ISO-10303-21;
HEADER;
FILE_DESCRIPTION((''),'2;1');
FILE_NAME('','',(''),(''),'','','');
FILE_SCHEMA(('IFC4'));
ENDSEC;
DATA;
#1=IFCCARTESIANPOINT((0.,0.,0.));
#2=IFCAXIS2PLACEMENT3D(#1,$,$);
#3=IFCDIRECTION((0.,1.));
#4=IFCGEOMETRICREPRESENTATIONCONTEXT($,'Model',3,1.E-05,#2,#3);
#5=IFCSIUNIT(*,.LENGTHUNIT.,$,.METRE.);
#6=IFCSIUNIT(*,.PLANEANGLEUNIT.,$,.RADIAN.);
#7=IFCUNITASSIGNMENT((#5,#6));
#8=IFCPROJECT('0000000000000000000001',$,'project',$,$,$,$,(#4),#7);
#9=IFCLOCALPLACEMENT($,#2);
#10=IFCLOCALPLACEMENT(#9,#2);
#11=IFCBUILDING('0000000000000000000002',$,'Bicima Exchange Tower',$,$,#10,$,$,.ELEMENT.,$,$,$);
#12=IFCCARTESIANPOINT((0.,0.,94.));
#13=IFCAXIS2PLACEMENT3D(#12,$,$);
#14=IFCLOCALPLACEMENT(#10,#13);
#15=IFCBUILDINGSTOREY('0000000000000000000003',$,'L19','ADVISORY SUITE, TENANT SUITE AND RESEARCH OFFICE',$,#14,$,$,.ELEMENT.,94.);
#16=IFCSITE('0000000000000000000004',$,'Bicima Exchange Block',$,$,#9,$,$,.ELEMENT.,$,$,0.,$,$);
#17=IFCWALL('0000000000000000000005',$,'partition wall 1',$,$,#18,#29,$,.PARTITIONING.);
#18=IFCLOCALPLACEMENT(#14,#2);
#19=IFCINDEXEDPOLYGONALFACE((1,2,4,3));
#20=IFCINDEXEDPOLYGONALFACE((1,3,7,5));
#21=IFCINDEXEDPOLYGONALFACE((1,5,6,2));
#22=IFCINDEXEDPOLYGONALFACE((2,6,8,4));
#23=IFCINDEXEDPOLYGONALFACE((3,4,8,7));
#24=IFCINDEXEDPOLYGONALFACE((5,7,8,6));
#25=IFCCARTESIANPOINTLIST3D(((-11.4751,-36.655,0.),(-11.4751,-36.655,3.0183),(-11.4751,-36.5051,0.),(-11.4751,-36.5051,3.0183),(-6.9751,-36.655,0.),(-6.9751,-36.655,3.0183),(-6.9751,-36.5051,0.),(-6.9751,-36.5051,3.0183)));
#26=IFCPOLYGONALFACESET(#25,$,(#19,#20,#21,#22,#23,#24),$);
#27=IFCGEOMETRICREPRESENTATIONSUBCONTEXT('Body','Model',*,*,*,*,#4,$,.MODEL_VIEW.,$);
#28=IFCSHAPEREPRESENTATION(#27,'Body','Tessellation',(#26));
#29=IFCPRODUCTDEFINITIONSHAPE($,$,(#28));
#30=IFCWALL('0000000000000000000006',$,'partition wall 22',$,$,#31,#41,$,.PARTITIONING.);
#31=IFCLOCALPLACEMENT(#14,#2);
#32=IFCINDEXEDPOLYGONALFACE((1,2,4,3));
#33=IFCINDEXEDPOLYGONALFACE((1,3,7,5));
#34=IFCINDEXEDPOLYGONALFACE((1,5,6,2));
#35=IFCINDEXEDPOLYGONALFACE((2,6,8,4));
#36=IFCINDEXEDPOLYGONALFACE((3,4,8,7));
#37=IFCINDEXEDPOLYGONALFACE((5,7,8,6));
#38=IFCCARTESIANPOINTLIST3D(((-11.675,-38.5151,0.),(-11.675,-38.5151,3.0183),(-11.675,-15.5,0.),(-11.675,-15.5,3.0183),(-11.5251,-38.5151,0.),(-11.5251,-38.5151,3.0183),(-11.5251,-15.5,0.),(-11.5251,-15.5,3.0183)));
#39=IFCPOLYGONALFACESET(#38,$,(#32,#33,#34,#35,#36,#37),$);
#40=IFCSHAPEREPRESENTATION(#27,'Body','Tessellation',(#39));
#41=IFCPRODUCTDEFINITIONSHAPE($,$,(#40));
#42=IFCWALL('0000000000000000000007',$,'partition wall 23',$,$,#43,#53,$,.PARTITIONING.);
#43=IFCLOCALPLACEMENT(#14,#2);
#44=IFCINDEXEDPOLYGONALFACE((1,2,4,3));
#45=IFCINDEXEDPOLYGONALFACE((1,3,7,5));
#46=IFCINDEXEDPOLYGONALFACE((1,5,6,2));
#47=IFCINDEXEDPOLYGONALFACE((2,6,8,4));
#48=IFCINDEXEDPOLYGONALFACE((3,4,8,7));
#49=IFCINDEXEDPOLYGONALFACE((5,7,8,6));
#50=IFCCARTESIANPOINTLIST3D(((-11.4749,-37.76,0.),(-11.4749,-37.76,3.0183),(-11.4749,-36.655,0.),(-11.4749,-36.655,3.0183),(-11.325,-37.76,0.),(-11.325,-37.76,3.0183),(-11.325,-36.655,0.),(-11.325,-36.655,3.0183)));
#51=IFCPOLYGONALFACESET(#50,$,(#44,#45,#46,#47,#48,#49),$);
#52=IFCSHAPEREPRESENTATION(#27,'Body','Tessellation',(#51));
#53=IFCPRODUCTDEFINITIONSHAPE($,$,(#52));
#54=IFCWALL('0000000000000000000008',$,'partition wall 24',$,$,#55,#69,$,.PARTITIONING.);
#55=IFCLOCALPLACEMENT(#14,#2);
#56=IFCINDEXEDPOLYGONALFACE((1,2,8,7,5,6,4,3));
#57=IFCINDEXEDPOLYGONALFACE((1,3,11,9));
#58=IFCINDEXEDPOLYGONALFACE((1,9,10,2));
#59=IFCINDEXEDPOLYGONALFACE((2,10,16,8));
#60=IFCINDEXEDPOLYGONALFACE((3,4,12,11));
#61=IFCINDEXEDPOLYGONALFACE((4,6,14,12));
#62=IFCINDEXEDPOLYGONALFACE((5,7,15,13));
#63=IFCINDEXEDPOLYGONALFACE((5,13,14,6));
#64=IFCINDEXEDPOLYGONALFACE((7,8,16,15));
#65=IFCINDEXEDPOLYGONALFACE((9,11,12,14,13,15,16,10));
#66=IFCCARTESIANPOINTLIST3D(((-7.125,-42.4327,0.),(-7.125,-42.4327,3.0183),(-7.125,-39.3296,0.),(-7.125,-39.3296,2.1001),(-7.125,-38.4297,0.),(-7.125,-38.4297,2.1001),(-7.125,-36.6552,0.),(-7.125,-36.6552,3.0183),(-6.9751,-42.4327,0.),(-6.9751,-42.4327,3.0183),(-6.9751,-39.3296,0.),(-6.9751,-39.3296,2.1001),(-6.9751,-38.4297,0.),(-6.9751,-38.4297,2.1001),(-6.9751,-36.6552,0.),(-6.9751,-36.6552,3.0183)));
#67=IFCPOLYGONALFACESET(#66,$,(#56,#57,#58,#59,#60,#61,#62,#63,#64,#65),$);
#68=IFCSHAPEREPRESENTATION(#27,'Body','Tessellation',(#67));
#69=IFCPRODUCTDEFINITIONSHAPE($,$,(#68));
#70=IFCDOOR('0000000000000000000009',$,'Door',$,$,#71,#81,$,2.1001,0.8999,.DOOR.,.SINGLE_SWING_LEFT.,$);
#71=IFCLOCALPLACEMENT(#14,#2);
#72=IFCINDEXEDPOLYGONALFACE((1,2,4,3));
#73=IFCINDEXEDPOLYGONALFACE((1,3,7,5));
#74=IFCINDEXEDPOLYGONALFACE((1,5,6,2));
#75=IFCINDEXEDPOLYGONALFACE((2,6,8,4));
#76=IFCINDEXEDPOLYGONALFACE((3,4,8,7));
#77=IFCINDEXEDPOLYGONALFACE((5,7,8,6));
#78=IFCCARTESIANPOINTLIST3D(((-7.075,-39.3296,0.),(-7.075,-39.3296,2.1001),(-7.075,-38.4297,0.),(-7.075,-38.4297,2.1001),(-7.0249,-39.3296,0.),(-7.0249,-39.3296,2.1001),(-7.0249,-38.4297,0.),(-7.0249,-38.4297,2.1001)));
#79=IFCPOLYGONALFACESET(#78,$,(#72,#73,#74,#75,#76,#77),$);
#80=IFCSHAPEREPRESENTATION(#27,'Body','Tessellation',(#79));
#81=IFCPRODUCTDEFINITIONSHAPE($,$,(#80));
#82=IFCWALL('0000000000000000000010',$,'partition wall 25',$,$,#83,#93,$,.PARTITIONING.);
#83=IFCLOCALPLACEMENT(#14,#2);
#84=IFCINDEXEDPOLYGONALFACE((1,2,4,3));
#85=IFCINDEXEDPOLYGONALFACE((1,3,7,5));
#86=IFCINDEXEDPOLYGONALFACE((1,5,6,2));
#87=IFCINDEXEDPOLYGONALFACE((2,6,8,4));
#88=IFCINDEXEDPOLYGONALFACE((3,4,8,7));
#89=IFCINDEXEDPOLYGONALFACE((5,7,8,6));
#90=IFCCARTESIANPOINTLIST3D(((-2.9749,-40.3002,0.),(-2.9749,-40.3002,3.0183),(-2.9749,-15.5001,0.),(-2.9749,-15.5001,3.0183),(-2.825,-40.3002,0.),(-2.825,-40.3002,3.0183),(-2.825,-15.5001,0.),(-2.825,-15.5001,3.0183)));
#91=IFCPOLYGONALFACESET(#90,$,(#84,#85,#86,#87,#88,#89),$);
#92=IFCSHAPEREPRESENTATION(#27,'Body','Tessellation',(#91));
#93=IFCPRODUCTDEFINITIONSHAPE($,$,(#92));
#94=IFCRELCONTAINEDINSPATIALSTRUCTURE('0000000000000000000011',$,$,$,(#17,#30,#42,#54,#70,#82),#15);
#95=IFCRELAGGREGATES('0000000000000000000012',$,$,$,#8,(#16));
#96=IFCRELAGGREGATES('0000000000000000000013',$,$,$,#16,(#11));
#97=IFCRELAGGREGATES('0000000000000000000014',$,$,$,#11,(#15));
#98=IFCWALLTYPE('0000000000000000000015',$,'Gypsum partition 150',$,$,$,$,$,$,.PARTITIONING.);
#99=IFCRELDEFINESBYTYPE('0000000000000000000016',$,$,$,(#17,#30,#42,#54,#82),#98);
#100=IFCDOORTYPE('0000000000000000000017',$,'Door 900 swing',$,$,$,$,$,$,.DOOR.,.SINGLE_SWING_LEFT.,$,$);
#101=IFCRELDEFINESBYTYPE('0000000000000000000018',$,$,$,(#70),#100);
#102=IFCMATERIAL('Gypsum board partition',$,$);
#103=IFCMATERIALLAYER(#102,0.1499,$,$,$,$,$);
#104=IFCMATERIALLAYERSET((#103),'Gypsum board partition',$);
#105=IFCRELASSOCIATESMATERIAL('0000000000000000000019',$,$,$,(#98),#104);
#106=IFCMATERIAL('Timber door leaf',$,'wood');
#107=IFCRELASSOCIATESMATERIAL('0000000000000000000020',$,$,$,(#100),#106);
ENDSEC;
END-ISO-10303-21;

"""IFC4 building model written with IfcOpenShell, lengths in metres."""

from ifc_helpers import new_model, si_unit, direction, frame, frame_2d, origin, place, context, subcontext, project, spatial, rectangle, extrude, material, layer, layer_set, type_object, element, fill, save


model = new_model("IFC4")

# Units and contexts
model_context = context("Model", 3, precision=1e-05, world=origin(), true_north=direction((0.0, 1.0)))
body_context = subcontext(model_context, "Body", "Model", "MODEL_VIEW")
ifc_project = project(units=[si_unit("LENGTHUNIT", "METRE"), si_unit("PLANEANGLEUNIT", "RADIAN")], contexts=[model_context])

# Site, building, storey
site_placement = place(None, origin())
site = spatial("IfcSite", under=ifc_project, at=site_placement, Name="Bicima Exchange Block", CompositionType="ELEMENT", RefElevation=0.0)
building_placement = place(site_placement, origin())
building = spatial("IfcBuilding", under=site, at=building_placement, Name="Bicima Exchange Tower", CompositionType="ELEMENT")
storey_placement = place(building_placement, frame((0.0, 0.0, 94.0)))
storey = spatial("IfcBuildingStorey", under=building, at=storey_placement, Name="L19", Description="ADVISORY SUITE, TENANT SUITE AND RESEARCH OFFICE", CompositionType="ELEMENT", Elevation=94.0)

# Walls
ifc_material_1 = material(Name="Gypsum board partition")
ifc_layer_1 = layer(ifc_material_1, 0.1499)
ifc_layer_set_1 = layer_set([ifc_layer_1], Name="Gypsum board partition")
wall_type = type_object("IfcWallType", Name="Gypsum partition 150", PredefinedType="PARTITIONING", material=ifc_layer_set_1)
wall_1_placement = place(storey_placement, frame((-11.4751, -36.5801, 0.0), z_axis=(0.0, 0.0, 1.0), x_axis=(1.0, 0.0, 0.0)))
element("IfcWall", 1, at=wall_1_placement, inside=storey, type_object=wall_type, Name="partition wall 1", PredefinedType="PARTITIONING", context=body_context, shape_type="SweptSolid", body=[
    extrude(rectangle(XDim=4.5, YDim=0.1499, at=frame_2d((2.25, 0.0))), origin(), (0.0, 0.0, 1.0), 3.0183),
])
wall_2_placement = place(storey_placement, frame((-11.6001, -38.5151, 0.0), z_axis=(0.0, 0.0, 1.0), x_axis=(0.0, 1.0, 0.0)))
element("IfcWall", 2, at=wall_2_placement, inside=storey, type_object=wall_type, Name="partition wall 22", PredefinedType="PARTITIONING", context=body_context, shape_type="SweptSolid", body=[
    extrude(rectangle(XDim=23.0151, YDim=0.1499, at=frame_2d((11.5076, 0.0))), origin(), (0.0, 0.0, 1.0), 3.0183),
])
wall_3_placement = place(storey_placement, frame((-11.3999, -37.76, 0.0), z_axis=(0.0, 0.0, 1.0), x_axis=(0.0, 1.0, 0.0)))
element("IfcWall", 3, at=wall_3_placement, inside=storey, type_object=wall_type, Name="partition wall 23", PredefinedType="PARTITIONING", context=body_context, shape_type="SweptSolid", body=[
    extrude(rectangle(XDim=1.105, YDim=0.1499, at=frame_2d((0.5525, 0.0))), origin(), (0.0, 0.0, 1.0), 3.0183),
])

# Wall, opening, door
wall_4_placement = place(storey_placement, frame((-7.05, -42.4326, 0.0), z_axis=(0.0, 0.0, 1.0), x_axis=(0.0, 1.0, 0.0)))
wall_4 = element("IfcWall", 4, at=wall_4_placement, inside=storey, type_object=wall_type, Name="partition wall 24", PredefinedType="PARTITIONING", context=body_context, shape_type="SweptSolid", body=[
    extrude(rectangle(XDim=5.7776, YDim=0.1499, at=frame_2d((2.8887, 0.0))), origin(), (0.0, 0.0, 1.0), 3.0183),
])
opening_placement = place(wall_4_placement, frame((3.103, 0.0, 0.0)))
opening = element("IfcOpeningElement", 5, at=opening_placement, cuts=wall_4, PredefinedType="OPENING", context=body_context, shape_type="SweptSolid", body=[
    extrude(rectangle(XDim=0.8999, YDim=2.1001, at=frame_2d((0.45, 1.05))), frame((0.0, 0.0869, 0.0), z_axis=(0.0, -1.0, 0.0), x_axis=(1.0, 0.0, 0.0)), (0.0, 0.0, 1.0), 0.1738),
])
ifc_material_2 = material(Name="Timber door leaf", Category="wood")
door_type = type_object("IfcDoorType", Name="Door 900 swing", OperationType="SINGLE_SWING_LEFT", PredefinedType="DOOR", material=ifc_material_2)
door_placement = place(opening_placement, origin())
door = element("IfcDoor", 6, at=door_placement, inside=storey, type_object=door_type, Name="Door", OperationType="SINGLE_SWING_LEFT", OverallHeight=2.1001, OverallWidth=0.8999, PredefinedType="DOOR", context=body_context, shape_type="SweptSolid", body=[
    extrude(rectangle(XDim=0.8999, YDim=2.1001, at=frame_2d((0.45, 1.05))), frame((0.0, 0.0249, 0.0), z_axis=(0.0, -1.0, 0.0), x_axis=(1.0, 0.0, 0.0)), (0.0, 0.0, 1.0), 0.05),
])
fill(opening, door)

# Wall
wall_5_placement = place(storey_placement, frame((-2.8999, -40.3, 0.0), z_axis=(0.0, 0.0, 1.0), x_axis=(0.0, 1.0, 0.0)))
element("IfcWall", 7, at=wall_5_placement, inside=storey, type_object=wall_type, Name="partition wall 25", PredefinedType="PARTITIONING", context=body_context, shape_type="SweptSolid", body=[
    extrude(rectangle(XDim=24.8, YDim=0.1499, at=frame_2d((12.3999, 0.0))), origin(), (0.0, 0.0, 1.0), 3.0183),
])

save(model, "model.ifc")
